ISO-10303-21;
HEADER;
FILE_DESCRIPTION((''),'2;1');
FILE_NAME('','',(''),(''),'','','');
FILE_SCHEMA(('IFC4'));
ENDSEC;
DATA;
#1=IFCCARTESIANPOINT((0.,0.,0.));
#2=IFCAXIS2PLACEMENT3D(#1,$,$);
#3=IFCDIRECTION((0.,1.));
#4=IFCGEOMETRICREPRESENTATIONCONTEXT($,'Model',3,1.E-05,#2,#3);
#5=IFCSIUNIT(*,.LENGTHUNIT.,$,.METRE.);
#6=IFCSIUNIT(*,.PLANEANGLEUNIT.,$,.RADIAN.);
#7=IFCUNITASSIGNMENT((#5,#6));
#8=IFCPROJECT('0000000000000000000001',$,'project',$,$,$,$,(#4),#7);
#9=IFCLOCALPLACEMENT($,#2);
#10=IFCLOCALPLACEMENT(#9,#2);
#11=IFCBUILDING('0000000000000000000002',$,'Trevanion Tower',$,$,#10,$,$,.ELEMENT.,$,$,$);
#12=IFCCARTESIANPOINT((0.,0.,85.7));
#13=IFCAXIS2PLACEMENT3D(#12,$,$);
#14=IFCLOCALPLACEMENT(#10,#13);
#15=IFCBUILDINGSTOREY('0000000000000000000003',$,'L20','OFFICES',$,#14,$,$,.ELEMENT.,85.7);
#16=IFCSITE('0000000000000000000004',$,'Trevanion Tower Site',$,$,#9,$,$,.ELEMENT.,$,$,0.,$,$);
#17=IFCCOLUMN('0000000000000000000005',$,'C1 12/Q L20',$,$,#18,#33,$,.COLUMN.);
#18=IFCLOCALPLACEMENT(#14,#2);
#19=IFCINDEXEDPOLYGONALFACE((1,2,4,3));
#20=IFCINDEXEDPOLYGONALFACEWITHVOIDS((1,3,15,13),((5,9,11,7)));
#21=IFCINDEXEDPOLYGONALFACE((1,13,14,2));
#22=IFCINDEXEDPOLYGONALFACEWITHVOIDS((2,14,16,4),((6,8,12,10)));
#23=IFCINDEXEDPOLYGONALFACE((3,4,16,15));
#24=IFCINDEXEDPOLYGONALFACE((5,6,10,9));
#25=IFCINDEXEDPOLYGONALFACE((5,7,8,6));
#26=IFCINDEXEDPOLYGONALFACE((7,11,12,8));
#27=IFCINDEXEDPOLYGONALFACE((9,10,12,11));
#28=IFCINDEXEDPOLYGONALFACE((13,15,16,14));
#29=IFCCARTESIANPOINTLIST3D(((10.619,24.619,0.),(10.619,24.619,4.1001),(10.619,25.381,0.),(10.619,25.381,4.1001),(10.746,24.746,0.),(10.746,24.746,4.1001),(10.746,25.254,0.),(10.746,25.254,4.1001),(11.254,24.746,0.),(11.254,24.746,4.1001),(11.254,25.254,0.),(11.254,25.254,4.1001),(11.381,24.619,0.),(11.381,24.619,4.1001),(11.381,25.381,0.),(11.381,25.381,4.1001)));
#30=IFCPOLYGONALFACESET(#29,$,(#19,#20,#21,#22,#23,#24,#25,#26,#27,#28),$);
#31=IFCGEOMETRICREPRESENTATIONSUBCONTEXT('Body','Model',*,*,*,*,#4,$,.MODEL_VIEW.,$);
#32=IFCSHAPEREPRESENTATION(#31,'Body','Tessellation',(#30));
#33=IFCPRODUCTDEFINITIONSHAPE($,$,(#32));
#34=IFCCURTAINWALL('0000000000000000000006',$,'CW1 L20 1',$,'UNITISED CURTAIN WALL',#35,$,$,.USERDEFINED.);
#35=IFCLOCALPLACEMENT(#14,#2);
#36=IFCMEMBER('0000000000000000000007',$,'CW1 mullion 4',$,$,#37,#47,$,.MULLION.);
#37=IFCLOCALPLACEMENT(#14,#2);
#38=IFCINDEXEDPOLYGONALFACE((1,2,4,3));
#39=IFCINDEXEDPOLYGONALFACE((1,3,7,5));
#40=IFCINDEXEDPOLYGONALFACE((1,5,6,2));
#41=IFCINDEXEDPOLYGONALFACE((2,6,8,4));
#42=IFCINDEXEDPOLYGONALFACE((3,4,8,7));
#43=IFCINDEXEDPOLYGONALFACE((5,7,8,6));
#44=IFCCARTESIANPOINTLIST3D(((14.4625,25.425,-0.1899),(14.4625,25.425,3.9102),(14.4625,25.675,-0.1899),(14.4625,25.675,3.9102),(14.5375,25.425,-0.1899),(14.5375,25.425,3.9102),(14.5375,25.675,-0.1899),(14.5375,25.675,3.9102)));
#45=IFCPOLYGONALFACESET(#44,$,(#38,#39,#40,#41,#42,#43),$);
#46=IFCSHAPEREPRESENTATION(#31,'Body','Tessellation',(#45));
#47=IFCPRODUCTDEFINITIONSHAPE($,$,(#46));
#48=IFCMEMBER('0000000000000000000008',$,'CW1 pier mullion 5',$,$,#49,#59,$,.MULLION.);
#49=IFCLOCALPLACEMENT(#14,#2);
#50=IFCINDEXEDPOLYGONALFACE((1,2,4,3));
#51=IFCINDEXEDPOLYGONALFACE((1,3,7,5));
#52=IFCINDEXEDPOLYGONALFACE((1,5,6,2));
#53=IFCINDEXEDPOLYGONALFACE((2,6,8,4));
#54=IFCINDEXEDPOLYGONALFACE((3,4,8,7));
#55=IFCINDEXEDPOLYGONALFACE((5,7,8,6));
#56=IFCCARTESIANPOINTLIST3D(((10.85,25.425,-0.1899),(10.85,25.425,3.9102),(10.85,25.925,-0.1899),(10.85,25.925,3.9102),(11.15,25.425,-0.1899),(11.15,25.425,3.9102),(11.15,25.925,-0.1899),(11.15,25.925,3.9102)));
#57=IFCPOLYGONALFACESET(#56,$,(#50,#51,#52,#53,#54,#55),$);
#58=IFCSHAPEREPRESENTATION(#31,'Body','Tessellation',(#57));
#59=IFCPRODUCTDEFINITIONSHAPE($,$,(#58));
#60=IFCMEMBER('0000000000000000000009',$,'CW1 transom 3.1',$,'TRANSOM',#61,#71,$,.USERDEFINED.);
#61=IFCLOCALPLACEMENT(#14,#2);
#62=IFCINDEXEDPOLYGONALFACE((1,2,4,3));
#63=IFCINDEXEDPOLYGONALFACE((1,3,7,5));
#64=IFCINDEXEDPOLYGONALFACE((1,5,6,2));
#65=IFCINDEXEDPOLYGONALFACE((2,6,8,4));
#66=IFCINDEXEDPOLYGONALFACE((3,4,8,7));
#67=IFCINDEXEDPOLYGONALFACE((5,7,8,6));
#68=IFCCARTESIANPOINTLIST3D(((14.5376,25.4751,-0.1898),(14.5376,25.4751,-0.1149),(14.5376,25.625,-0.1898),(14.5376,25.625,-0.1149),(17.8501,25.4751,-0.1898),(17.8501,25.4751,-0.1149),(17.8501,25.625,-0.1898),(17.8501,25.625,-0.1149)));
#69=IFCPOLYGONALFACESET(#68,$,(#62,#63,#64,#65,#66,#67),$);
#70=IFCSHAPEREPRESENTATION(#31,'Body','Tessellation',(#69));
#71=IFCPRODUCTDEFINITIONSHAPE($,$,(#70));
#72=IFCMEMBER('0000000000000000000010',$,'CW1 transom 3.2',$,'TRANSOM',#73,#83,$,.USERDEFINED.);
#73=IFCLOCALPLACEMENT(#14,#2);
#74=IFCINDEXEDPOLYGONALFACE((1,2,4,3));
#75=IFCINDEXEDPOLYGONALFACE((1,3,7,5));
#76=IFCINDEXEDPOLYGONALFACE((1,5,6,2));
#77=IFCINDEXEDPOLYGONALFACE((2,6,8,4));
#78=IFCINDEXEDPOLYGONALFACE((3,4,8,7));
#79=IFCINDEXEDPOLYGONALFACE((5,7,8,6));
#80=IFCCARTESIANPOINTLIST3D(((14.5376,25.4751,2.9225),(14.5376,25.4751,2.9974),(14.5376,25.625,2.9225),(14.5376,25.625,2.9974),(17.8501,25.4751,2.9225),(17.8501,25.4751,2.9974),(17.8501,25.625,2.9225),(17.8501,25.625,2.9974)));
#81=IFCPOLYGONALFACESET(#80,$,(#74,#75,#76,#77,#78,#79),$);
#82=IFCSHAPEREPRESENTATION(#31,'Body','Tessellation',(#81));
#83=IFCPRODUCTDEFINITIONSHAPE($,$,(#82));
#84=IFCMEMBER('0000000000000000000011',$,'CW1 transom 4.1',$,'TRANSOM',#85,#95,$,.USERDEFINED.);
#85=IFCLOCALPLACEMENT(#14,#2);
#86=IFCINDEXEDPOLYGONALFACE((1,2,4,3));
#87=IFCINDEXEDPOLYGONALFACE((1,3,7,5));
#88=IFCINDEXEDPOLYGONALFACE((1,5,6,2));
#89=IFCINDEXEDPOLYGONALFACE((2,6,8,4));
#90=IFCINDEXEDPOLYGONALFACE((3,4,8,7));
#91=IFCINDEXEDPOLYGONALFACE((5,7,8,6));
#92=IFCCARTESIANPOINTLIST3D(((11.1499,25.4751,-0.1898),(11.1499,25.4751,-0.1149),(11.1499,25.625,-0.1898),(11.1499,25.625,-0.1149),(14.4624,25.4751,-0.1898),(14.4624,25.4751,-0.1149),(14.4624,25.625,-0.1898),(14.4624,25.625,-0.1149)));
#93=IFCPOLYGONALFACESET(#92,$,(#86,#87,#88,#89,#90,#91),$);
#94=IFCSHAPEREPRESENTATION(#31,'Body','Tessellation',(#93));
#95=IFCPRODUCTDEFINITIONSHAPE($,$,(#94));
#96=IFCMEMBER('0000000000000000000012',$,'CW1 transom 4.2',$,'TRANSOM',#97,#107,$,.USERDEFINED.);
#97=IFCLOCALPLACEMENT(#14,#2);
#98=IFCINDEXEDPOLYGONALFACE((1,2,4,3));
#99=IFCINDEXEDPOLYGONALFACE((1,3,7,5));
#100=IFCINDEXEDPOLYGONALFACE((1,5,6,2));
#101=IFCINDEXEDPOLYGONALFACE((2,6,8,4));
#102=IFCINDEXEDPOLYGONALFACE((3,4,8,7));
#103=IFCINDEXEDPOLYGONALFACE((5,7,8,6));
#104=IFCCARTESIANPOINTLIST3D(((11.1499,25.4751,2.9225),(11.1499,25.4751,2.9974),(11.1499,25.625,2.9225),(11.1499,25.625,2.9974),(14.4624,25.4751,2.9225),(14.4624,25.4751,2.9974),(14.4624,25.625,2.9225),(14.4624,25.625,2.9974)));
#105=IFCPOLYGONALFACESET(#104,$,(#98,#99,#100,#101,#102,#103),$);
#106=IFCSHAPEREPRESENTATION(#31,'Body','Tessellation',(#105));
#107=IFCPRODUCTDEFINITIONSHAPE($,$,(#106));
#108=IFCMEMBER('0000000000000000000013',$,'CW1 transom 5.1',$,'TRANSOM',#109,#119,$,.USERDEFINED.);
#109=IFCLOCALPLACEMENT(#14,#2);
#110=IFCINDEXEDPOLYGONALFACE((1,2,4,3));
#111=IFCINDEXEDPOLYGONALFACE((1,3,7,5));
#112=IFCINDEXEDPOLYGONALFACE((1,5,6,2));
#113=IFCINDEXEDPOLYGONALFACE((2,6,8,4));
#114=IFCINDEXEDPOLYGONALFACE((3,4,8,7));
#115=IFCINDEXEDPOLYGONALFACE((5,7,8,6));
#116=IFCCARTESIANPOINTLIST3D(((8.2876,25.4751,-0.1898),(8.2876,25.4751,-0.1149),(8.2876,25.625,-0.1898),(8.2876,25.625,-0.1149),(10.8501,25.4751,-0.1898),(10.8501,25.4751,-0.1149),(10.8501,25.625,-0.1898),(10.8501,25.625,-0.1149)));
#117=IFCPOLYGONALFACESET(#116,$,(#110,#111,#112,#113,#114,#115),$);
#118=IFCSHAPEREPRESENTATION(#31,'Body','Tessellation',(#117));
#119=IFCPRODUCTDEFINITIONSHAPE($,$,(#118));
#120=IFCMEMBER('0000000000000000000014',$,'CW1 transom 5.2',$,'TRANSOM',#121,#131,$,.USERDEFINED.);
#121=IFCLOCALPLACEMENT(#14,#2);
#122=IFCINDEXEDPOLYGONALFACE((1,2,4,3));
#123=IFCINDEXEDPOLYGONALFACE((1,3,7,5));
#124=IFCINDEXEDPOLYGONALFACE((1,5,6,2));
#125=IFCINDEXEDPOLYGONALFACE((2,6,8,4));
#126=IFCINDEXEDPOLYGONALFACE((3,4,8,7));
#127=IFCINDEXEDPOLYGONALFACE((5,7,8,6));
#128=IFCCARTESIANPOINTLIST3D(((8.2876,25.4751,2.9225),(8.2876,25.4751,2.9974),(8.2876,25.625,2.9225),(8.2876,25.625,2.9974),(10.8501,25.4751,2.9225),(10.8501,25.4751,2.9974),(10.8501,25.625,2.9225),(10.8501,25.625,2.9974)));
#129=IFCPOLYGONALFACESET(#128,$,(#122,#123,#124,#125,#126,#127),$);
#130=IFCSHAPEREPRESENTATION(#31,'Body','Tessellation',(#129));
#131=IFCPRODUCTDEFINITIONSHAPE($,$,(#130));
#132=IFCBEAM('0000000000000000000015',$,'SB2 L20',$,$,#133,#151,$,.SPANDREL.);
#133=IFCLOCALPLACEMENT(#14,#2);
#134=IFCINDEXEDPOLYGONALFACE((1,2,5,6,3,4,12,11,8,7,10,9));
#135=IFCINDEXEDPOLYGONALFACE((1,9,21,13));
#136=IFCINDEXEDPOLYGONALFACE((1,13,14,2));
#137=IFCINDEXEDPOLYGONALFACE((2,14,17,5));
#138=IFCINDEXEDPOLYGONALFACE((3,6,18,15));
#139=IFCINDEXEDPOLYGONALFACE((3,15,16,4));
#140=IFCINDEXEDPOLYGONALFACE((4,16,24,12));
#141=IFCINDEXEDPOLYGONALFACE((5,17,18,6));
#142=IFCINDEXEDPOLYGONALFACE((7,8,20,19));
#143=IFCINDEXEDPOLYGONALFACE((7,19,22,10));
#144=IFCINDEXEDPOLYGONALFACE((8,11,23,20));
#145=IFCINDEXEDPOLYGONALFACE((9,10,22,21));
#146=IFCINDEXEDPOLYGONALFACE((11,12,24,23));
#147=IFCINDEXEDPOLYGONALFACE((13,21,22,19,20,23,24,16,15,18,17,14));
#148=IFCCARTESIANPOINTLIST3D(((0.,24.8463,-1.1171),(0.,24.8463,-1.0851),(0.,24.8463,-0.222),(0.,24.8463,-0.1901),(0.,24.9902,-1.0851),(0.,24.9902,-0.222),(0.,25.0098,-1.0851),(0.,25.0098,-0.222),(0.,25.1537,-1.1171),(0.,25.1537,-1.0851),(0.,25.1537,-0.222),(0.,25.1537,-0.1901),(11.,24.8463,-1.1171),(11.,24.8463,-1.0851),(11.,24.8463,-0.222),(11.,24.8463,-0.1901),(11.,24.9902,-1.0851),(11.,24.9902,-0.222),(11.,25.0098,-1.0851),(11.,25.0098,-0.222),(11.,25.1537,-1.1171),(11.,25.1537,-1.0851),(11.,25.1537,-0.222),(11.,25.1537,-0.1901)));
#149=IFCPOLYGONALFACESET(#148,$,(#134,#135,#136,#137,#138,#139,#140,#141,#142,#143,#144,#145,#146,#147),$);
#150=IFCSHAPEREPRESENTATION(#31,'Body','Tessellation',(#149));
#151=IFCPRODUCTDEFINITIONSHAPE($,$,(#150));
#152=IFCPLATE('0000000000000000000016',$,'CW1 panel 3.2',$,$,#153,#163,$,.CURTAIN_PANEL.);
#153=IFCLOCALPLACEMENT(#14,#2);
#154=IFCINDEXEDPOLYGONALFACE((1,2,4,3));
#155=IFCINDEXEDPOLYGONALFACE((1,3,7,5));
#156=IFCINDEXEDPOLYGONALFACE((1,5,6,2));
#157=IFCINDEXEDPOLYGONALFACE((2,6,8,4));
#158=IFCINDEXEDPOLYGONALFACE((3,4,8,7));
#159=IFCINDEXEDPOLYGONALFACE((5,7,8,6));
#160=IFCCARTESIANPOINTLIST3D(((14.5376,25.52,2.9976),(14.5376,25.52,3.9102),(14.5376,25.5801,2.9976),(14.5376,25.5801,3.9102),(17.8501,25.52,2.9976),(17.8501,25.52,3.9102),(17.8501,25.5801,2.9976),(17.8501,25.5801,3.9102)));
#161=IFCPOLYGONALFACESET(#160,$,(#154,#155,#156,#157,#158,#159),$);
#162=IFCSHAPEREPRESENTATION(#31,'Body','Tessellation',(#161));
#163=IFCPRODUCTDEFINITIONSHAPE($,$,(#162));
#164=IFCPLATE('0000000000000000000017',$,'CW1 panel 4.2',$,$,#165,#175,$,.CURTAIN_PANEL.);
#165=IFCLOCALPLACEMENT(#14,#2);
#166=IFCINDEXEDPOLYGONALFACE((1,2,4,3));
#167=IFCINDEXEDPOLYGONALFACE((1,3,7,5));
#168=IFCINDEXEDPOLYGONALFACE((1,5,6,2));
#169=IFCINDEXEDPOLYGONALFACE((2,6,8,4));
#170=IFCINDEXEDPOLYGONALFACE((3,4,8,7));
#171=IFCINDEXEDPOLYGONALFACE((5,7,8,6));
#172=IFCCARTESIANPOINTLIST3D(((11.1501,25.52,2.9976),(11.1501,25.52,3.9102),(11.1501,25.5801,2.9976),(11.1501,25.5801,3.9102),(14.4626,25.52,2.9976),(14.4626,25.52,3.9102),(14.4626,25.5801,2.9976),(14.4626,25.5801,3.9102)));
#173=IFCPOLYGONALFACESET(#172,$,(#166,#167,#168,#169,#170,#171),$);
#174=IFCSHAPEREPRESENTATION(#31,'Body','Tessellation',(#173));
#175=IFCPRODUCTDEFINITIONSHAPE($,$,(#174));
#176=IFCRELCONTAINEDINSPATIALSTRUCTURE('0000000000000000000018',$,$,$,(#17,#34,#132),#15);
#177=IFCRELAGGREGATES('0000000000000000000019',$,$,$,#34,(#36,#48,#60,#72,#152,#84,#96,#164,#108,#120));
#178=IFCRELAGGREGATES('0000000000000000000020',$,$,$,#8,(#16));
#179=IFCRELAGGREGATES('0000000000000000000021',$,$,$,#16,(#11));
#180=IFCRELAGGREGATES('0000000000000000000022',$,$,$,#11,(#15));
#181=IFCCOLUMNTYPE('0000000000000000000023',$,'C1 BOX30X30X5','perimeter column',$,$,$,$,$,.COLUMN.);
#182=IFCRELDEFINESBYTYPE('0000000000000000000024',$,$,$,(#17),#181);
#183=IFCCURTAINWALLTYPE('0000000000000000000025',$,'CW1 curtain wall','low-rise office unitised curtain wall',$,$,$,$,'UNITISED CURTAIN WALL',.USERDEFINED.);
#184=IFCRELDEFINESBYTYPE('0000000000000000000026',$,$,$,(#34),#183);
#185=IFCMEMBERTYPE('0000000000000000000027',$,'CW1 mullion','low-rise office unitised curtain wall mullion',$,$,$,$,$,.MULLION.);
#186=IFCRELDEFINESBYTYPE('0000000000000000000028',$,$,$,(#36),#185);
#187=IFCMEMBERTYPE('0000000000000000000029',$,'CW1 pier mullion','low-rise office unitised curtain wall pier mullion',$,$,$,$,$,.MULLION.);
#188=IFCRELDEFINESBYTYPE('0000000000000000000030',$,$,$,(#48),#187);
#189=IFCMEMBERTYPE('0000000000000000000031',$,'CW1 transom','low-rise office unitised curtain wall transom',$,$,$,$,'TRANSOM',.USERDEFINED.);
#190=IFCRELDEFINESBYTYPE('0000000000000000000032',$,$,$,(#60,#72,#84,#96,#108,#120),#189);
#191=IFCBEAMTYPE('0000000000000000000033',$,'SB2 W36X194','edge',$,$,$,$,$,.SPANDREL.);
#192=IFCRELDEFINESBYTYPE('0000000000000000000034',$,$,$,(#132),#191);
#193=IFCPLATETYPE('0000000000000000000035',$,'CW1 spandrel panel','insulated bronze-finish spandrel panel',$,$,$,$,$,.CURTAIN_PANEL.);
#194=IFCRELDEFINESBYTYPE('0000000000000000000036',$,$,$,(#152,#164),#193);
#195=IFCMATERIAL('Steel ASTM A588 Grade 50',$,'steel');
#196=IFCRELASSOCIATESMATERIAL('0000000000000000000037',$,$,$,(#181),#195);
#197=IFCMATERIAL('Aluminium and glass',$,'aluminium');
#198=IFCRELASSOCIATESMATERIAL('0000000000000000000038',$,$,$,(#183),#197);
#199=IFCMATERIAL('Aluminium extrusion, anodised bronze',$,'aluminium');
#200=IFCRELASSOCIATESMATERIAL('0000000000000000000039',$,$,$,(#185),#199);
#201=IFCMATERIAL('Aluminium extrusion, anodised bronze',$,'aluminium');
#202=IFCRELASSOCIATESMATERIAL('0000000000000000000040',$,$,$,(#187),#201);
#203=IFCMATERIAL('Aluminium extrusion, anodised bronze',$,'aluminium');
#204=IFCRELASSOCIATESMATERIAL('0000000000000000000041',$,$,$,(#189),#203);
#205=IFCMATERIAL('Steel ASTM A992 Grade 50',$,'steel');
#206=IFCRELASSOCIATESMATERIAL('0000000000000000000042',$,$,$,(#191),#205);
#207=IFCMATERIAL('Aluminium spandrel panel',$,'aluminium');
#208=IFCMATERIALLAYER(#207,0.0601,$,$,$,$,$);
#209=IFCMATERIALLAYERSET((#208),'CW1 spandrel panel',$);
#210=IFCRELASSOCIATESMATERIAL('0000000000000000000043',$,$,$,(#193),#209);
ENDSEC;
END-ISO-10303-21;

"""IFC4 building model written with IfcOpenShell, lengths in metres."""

from ifc_helpers import new_model, si_unit, direction, frame, origin, origin_2d, place, context, subcontext, project, spatial, rectangle, hollow_rectangle, i_section, extrude, material, layer, layer_set, material_profile, profile_set, type_object, element, aggregate, save


model = new_model("IFC4")

# Units and contexts
model_context = context("Model", 3, precision=1e-05, world=origin(), true_north=direction((0.0, 1.0)))
body_context = subcontext(model_context, "Body", "Model", "MODEL_VIEW")
ifc_project = project(units=[si_unit("LENGTHUNIT", "METRE"), si_unit("PLANEANGLEUNIT", "RADIAN")], contexts=[model_context])

# Site, building, storey
site_placement = place(None, origin())
site = spatial("IfcSite", under=ifc_project, at=site_placement, Name="Trevanion Tower Site", CompositionType="ELEMENT", RefElevation=0.0)
building_placement = place(site_placement, origin())
building = spatial("IfcBuilding", under=site, at=building_placement, Name="Trevanion Tower", CompositionType="ELEMENT")
storey_placement = place(building_placement, frame((0.0, 0.0, 85.7)))
storey = spatial("IfcBuildingStorey", under=building, at=storey_placement, Name="L20", Description="OFFICES", CompositionType="ELEMENT", Elevation=85.7)

# Column
ifc_material_1 = material(Name="Steel ASTM A588 Grade 50", Category="steel")
ifc_material_profile_1 = material_profile(ifc_material_1, hollow_rectangle(XDim=0.762, YDim=0.762, WallThickness=0.127, at=origin_2d()), Name="BOX30X30X5")
ifc_profile_set_1 = profile_set([ifc_material_profile_1], Name="Steel ASTM A588 Grade 50")
column_type = type_object("IfcColumnType", Name="C1 BOX30X30X5", Description="perimeter column", PredefinedType="COLUMN", material=ifc_profile_set_1)
column_placement = place(storey_placement, frame((11.0, 25.0, 0.0), z_axis=(0.0, 0.0, 1.0), x_axis=(1.0, 0.0, 0.0)))
element("IfcColumn", 1, at=column_placement, inside=storey, type_object=column_type, Name="C1 12/Q L20", PredefinedType="COLUMN", context=body_context, shape_type="SweptSolid", body=[
    extrude(hollow_rectangle(XDim=0.762, YDim=0.762, WallThickness=0.127, at=origin_2d()), origin(), (0.0, 0.0, 1.0), 4.1001),
])

# Curtain wall, members
ifc_material_2 = material(Name="Aluminium and glass", Category="aluminium")
curtain_wall_type = type_object("IfcCurtainWallType", Name="CW1 curtain wall", Description="low-rise office unitised curtain wall", ElementType="UNITISED CURTAIN WALL", PredefinedType="USERDEFINED", material=ifc_material_2)
curtain_wall_placement = place(storey_placement, origin())
curtain_wall = element("IfcCurtainWall", 2, at=curtain_wall_placement, inside=storey, type_object=curtain_wall_type, Name="CW1 L20 1", ObjectType="UNITISED CURTAIN WALL", PredefinedType="USERDEFINED")
ifc_material_3 = material(Name="Aluminium extrusion, anodised bronze", Category="aluminium")
ifc_material_profile_2 = material_profile(ifc_material_3, rectangle(XDim=0.075, YDim=0.25, at=origin_2d()), Name="CW1 mullion")
ifc_profile_set_2 = profile_set([ifc_material_profile_2], Name="Aluminium extrusion, anodised bronze")
member_type_1 = type_object("IfcMemberType", Name="CW1 mullion", Description="low-rise office unitised curtain wall mullion", PredefinedType="MULLION", material=ifc_profile_set_2)
member_1_placement = place(storey_placement, frame((14.5, 25.55, -0.1899), z_axis=(0.0, 0.0, 1.0), x_axis=(-1.0, 0.0, 0.0)))
member_1 = element("IfcMember", 3, at=member_1_placement, type_object=member_type_1, Name="CW1 mullion 4", PredefinedType="MULLION", context=body_context, shape_type="SweptSolid", body=[
    extrude(rectangle(XDim=0.075, YDim=0.25, at=origin_2d()), origin(), (0.0, 0.0, 1.0), 4.1001),
])
ifc_material_4 = material(Name="Aluminium extrusion, anodised bronze", Category="aluminium")
ifc_material_profile_3 = material_profile(ifc_material_4, rectangle(XDim=0.3, YDim=0.5, at=origin_2d()), Name="CW1 pier mullion")
ifc_profile_set_3 = profile_set([ifc_material_profile_3], Name="Aluminium extrusion, anodised bronze")
member_type_2 = type_object("IfcMemberType", Name="CW1 pier mullion", Description="low-rise office unitised curtain wall pier mullion", PredefinedType="MULLION", material=ifc_profile_set_3)
member_2_placement = place(storey_placement, frame((11.0, 25.675, -0.1899), z_axis=(0.0, 0.0, 1.0), x_axis=(-1.0, 0.0, 0.0)))
member_2 = element("IfcMember", 4, at=member_2_placement, type_object=member_type_2, Name="CW1 pier mullion 5", PredefinedType="MULLION", context=body_context, shape_type="SweptSolid", body=[
    extrude(rectangle(XDim=0.3, YDim=0.5, at=origin_2d()), origin(), (0.0, 0.0, 1.0), 4.1001),
])
ifc_material_5 = material(Name="Aluminium extrusion, anodised bronze", Category="aluminium")
ifc_material_profile_4 = material_profile(ifc_material_5, rectangle(XDim=0.1499, YDim=0.075, at=origin_2d()), Name="CW1 transom")
ifc_profile_set_4 = profile_set([ifc_material_profile_4], Name="Aluminium extrusion, anodised bronze")
member_type_3 = type_object("IfcMemberType", Name="CW1 transom", Description="low-rise office unitised curtain wall transom", ElementType="TRANSOM", PredefinedType="USERDEFINED", material=ifc_profile_set_4)
member_3_placement = place(storey_placement, frame((17.8501, 25.55, -0.1523), z_axis=(-1.0, 0.0, 0.0), x_axis=(0.0, -1.0, 0.0)))
member_3 = element("IfcMember", 5, at=member_3_placement, type_object=member_type_3, Name="CW1 transom 3.1", ObjectType="TRANSOM", PredefinedType="USERDEFINED", context=body_context, shape_type="SweptSolid", body=[
    extrude(rectangle(XDim=0.1499, YDim=0.075, at=origin_2d()), origin(), (0.0, 0.0, 1.0), 3.3125),
])
member_4_placement = place(storey_placement, frame((17.8501, 25.55, 2.96), z_axis=(-1.0, 0.0, 0.0), x_axis=(0.0, -1.0, 0.0)))
member_4 = element("IfcMember", 6, at=member_4_placement, type_object=member_type_3, Name="CW1 transom 3.2", ObjectType="TRANSOM", PredefinedType="USERDEFINED", context=body_context, shape_type="SweptSolid", body=[
    extrude(rectangle(XDim=0.1499, YDim=0.075, at=origin_2d()), origin(), (0.0, 0.0, 1.0), 3.3125),
])
member_5_placement = place(storey_placement, frame((14.4624, 25.55, -0.1523), z_axis=(-1.0, 0.0, 0.0), x_axis=(0.0, -1.0, 0.0)))
member_5 = element("IfcMember", 7, at=member_5_placement, type_object=member_type_3, Name="CW1 transom 4.1", ObjectType="TRANSOM", PredefinedType="USERDEFINED", context=body_context, shape_type="SweptSolid", body=[
    extrude(rectangle(XDim=0.1499, YDim=0.075, at=origin_2d()), origin(), (0.0, 0.0, 1.0), 3.3125),
])
member_6_placement = place(storey_placement, frame((14.4624, 25.55, 2.96), z_axis=(-1.0, 0.0, 0.0), x_axis=(0.0, -1.0, 0.0)))
member_6 = element("IfcMember", 8, at=member_6_placement, type_object=member_type_3, Name="CW1 transom 4.2", ObjectType="TRANSOM", PredefinedType="USERDEFINED", context=body_context, shape_type="SweptSolid", body=[
    extrude(rectangle(XDim=0.1499, YDim=0.075, at=origin_2d()), origin(), (0.0, 0.0, 1.0), 3.3125),
])
member_7_placement = place(storey_placement, frame((10.8501, 25.55, -0.1523), z_axis=(-1.0, 0.0, 0.0), x_axis=(0.0, -1.0, 0.0)))
member_7 = element("IfcMember", 9, at=member_7_placement, type_object=member_type_3, Name="CW1 transom 5.1", ObjectType="TRANSOM", PredefinedType="USERDEFINED", context=body_context, shape_type="SweptSolid", body=[
    extrude(rectangle(XDim=0.1499, YDim=0.075, at=origin_2d()), origin(), (0.0, 0.0, 1.0), 2.5625),
])
member_8_placement = place(storey_placement, frame((10.8501, 25.55, 2.96), z_axis=(-1.0, 0.0, 0.0), x_axis=(0.0, -1.0, 0.0)))
member_8 = element("IfcMember", 10, at=member_8_placement, type_object=member_type_3, Name="CW1 transom 5.2", ObjectType="TRANSOM", PredefinedType="USERDEFINED", context=body_context, shape_type="SweptSolid", body=[
    extrude(rectangle(XDim=0.1499, YDim=0.075, at=origin_2d()), origin(), (0.0, 0.0, 1.0), 2.5625),
])

# Beam
ifc_material_6 = material(Name="Steel ASTM A992 Grade 50", Category="steel")
ifc_material_profile_5 = material_profile(ifc_material_6, i_section(OverallWidth=0.3074, OverallDepth=0.927, WebThickness=0.0195, FlangeThickness=0.032, at=origin_2d()), Name="W36X194")
ifc_profile_set_5 = profile_set([ifc_material_profile_5], Name="Steel ASTM A992 Grade 50")
beam_type = type_object("IfcBeamType", Name="SB2 W36X194", Description="edge", PredefinedType="SPANDREL", material=ifc_profile_set_5)
beam_placement = place(storey_placement, frame((11.0, 25.0, -0.6536), z_axis=(-1.0, 0.0, 0.0), x_axis=(0.0, -1.0, 0.0)))
element("IfcBeam", 11, at=beam_placement, inside=storey, type_object=beam_type, Name="SB2 L20", PredefinedType="SPANDREL", context=body_context, shape_type="SweptSolid", body=[
    extrude(i_section(OverallWidth=0.3074, OverallDepth=0.927, WebThickness=0.0195, FlangeThickness=0.032, at=origin_2d()), origin(), (0.0, 0.0, 1.0), 11.0),
])

# Plates
ifc_material_7 = material(Name="Aluminium spandrel panel", Category="aluminium")
ifc_layer_1 = layer(ifc_material_7, 0.0601)
ifc_layer_set_1 = layer_set([ifc_layer_1], Name="CW1 spandrel panel")
plate_type_1 = type_object("IfcPlateType", Name="CW1 spandrel panel", Description="insulated bronze-finish spandrel panel", PredefinedType="CURTAIN_PANEL", material=ifc_layer_set_1)
plate_1_placement = place(storey_placement, frame((16.1938, 25.55, 2.9976), z_axis=(0.0, 0.0, 1.0), x_axis=(-1.0, 0.0, 0.0)))
plate_1 = element("IfcPlate", 12, at=plate_1_placement, type_object=plate_type_1, Name="CW1 panel 3.2", PredefinedType="CURTAIN_PANEL", context=body_context, shape_type="SweptSolid", body=[
    extrude(rectangle(XDim=3.3125, YDim=0.0601, at=origin_2d()), origin(), (0.0, 0.0, 1.0), 0.9126),
])
plate_2_placement = place(storey_placement, frame((12.8064, 25.55, 2.9976), z_axis=(0.0, 0.0, 1.0), x_axis=(-1.0, 0.0, 0.0)))
plate_2 = element("IfcPlate", 13, at=plate_2_placement, type_object=plate_type_1, Name="CW1 panel 4.2", PredefinedType="CURTAIN_PANEL", context=body_context, shape_type="SweptSolid", body=[
    extrude(rectangle(XDim=3.3125, YDim=0.0601, at=origin_2d()), origin(), (0.0, 0.0, 1.0), 0.9126),
])
aggregate(curtain_wall, [member_1, member_2, member_3, member_4, plate_1, member_5, member_6, plate_2, member_7, member_8])

save(model, "model.ifc")
